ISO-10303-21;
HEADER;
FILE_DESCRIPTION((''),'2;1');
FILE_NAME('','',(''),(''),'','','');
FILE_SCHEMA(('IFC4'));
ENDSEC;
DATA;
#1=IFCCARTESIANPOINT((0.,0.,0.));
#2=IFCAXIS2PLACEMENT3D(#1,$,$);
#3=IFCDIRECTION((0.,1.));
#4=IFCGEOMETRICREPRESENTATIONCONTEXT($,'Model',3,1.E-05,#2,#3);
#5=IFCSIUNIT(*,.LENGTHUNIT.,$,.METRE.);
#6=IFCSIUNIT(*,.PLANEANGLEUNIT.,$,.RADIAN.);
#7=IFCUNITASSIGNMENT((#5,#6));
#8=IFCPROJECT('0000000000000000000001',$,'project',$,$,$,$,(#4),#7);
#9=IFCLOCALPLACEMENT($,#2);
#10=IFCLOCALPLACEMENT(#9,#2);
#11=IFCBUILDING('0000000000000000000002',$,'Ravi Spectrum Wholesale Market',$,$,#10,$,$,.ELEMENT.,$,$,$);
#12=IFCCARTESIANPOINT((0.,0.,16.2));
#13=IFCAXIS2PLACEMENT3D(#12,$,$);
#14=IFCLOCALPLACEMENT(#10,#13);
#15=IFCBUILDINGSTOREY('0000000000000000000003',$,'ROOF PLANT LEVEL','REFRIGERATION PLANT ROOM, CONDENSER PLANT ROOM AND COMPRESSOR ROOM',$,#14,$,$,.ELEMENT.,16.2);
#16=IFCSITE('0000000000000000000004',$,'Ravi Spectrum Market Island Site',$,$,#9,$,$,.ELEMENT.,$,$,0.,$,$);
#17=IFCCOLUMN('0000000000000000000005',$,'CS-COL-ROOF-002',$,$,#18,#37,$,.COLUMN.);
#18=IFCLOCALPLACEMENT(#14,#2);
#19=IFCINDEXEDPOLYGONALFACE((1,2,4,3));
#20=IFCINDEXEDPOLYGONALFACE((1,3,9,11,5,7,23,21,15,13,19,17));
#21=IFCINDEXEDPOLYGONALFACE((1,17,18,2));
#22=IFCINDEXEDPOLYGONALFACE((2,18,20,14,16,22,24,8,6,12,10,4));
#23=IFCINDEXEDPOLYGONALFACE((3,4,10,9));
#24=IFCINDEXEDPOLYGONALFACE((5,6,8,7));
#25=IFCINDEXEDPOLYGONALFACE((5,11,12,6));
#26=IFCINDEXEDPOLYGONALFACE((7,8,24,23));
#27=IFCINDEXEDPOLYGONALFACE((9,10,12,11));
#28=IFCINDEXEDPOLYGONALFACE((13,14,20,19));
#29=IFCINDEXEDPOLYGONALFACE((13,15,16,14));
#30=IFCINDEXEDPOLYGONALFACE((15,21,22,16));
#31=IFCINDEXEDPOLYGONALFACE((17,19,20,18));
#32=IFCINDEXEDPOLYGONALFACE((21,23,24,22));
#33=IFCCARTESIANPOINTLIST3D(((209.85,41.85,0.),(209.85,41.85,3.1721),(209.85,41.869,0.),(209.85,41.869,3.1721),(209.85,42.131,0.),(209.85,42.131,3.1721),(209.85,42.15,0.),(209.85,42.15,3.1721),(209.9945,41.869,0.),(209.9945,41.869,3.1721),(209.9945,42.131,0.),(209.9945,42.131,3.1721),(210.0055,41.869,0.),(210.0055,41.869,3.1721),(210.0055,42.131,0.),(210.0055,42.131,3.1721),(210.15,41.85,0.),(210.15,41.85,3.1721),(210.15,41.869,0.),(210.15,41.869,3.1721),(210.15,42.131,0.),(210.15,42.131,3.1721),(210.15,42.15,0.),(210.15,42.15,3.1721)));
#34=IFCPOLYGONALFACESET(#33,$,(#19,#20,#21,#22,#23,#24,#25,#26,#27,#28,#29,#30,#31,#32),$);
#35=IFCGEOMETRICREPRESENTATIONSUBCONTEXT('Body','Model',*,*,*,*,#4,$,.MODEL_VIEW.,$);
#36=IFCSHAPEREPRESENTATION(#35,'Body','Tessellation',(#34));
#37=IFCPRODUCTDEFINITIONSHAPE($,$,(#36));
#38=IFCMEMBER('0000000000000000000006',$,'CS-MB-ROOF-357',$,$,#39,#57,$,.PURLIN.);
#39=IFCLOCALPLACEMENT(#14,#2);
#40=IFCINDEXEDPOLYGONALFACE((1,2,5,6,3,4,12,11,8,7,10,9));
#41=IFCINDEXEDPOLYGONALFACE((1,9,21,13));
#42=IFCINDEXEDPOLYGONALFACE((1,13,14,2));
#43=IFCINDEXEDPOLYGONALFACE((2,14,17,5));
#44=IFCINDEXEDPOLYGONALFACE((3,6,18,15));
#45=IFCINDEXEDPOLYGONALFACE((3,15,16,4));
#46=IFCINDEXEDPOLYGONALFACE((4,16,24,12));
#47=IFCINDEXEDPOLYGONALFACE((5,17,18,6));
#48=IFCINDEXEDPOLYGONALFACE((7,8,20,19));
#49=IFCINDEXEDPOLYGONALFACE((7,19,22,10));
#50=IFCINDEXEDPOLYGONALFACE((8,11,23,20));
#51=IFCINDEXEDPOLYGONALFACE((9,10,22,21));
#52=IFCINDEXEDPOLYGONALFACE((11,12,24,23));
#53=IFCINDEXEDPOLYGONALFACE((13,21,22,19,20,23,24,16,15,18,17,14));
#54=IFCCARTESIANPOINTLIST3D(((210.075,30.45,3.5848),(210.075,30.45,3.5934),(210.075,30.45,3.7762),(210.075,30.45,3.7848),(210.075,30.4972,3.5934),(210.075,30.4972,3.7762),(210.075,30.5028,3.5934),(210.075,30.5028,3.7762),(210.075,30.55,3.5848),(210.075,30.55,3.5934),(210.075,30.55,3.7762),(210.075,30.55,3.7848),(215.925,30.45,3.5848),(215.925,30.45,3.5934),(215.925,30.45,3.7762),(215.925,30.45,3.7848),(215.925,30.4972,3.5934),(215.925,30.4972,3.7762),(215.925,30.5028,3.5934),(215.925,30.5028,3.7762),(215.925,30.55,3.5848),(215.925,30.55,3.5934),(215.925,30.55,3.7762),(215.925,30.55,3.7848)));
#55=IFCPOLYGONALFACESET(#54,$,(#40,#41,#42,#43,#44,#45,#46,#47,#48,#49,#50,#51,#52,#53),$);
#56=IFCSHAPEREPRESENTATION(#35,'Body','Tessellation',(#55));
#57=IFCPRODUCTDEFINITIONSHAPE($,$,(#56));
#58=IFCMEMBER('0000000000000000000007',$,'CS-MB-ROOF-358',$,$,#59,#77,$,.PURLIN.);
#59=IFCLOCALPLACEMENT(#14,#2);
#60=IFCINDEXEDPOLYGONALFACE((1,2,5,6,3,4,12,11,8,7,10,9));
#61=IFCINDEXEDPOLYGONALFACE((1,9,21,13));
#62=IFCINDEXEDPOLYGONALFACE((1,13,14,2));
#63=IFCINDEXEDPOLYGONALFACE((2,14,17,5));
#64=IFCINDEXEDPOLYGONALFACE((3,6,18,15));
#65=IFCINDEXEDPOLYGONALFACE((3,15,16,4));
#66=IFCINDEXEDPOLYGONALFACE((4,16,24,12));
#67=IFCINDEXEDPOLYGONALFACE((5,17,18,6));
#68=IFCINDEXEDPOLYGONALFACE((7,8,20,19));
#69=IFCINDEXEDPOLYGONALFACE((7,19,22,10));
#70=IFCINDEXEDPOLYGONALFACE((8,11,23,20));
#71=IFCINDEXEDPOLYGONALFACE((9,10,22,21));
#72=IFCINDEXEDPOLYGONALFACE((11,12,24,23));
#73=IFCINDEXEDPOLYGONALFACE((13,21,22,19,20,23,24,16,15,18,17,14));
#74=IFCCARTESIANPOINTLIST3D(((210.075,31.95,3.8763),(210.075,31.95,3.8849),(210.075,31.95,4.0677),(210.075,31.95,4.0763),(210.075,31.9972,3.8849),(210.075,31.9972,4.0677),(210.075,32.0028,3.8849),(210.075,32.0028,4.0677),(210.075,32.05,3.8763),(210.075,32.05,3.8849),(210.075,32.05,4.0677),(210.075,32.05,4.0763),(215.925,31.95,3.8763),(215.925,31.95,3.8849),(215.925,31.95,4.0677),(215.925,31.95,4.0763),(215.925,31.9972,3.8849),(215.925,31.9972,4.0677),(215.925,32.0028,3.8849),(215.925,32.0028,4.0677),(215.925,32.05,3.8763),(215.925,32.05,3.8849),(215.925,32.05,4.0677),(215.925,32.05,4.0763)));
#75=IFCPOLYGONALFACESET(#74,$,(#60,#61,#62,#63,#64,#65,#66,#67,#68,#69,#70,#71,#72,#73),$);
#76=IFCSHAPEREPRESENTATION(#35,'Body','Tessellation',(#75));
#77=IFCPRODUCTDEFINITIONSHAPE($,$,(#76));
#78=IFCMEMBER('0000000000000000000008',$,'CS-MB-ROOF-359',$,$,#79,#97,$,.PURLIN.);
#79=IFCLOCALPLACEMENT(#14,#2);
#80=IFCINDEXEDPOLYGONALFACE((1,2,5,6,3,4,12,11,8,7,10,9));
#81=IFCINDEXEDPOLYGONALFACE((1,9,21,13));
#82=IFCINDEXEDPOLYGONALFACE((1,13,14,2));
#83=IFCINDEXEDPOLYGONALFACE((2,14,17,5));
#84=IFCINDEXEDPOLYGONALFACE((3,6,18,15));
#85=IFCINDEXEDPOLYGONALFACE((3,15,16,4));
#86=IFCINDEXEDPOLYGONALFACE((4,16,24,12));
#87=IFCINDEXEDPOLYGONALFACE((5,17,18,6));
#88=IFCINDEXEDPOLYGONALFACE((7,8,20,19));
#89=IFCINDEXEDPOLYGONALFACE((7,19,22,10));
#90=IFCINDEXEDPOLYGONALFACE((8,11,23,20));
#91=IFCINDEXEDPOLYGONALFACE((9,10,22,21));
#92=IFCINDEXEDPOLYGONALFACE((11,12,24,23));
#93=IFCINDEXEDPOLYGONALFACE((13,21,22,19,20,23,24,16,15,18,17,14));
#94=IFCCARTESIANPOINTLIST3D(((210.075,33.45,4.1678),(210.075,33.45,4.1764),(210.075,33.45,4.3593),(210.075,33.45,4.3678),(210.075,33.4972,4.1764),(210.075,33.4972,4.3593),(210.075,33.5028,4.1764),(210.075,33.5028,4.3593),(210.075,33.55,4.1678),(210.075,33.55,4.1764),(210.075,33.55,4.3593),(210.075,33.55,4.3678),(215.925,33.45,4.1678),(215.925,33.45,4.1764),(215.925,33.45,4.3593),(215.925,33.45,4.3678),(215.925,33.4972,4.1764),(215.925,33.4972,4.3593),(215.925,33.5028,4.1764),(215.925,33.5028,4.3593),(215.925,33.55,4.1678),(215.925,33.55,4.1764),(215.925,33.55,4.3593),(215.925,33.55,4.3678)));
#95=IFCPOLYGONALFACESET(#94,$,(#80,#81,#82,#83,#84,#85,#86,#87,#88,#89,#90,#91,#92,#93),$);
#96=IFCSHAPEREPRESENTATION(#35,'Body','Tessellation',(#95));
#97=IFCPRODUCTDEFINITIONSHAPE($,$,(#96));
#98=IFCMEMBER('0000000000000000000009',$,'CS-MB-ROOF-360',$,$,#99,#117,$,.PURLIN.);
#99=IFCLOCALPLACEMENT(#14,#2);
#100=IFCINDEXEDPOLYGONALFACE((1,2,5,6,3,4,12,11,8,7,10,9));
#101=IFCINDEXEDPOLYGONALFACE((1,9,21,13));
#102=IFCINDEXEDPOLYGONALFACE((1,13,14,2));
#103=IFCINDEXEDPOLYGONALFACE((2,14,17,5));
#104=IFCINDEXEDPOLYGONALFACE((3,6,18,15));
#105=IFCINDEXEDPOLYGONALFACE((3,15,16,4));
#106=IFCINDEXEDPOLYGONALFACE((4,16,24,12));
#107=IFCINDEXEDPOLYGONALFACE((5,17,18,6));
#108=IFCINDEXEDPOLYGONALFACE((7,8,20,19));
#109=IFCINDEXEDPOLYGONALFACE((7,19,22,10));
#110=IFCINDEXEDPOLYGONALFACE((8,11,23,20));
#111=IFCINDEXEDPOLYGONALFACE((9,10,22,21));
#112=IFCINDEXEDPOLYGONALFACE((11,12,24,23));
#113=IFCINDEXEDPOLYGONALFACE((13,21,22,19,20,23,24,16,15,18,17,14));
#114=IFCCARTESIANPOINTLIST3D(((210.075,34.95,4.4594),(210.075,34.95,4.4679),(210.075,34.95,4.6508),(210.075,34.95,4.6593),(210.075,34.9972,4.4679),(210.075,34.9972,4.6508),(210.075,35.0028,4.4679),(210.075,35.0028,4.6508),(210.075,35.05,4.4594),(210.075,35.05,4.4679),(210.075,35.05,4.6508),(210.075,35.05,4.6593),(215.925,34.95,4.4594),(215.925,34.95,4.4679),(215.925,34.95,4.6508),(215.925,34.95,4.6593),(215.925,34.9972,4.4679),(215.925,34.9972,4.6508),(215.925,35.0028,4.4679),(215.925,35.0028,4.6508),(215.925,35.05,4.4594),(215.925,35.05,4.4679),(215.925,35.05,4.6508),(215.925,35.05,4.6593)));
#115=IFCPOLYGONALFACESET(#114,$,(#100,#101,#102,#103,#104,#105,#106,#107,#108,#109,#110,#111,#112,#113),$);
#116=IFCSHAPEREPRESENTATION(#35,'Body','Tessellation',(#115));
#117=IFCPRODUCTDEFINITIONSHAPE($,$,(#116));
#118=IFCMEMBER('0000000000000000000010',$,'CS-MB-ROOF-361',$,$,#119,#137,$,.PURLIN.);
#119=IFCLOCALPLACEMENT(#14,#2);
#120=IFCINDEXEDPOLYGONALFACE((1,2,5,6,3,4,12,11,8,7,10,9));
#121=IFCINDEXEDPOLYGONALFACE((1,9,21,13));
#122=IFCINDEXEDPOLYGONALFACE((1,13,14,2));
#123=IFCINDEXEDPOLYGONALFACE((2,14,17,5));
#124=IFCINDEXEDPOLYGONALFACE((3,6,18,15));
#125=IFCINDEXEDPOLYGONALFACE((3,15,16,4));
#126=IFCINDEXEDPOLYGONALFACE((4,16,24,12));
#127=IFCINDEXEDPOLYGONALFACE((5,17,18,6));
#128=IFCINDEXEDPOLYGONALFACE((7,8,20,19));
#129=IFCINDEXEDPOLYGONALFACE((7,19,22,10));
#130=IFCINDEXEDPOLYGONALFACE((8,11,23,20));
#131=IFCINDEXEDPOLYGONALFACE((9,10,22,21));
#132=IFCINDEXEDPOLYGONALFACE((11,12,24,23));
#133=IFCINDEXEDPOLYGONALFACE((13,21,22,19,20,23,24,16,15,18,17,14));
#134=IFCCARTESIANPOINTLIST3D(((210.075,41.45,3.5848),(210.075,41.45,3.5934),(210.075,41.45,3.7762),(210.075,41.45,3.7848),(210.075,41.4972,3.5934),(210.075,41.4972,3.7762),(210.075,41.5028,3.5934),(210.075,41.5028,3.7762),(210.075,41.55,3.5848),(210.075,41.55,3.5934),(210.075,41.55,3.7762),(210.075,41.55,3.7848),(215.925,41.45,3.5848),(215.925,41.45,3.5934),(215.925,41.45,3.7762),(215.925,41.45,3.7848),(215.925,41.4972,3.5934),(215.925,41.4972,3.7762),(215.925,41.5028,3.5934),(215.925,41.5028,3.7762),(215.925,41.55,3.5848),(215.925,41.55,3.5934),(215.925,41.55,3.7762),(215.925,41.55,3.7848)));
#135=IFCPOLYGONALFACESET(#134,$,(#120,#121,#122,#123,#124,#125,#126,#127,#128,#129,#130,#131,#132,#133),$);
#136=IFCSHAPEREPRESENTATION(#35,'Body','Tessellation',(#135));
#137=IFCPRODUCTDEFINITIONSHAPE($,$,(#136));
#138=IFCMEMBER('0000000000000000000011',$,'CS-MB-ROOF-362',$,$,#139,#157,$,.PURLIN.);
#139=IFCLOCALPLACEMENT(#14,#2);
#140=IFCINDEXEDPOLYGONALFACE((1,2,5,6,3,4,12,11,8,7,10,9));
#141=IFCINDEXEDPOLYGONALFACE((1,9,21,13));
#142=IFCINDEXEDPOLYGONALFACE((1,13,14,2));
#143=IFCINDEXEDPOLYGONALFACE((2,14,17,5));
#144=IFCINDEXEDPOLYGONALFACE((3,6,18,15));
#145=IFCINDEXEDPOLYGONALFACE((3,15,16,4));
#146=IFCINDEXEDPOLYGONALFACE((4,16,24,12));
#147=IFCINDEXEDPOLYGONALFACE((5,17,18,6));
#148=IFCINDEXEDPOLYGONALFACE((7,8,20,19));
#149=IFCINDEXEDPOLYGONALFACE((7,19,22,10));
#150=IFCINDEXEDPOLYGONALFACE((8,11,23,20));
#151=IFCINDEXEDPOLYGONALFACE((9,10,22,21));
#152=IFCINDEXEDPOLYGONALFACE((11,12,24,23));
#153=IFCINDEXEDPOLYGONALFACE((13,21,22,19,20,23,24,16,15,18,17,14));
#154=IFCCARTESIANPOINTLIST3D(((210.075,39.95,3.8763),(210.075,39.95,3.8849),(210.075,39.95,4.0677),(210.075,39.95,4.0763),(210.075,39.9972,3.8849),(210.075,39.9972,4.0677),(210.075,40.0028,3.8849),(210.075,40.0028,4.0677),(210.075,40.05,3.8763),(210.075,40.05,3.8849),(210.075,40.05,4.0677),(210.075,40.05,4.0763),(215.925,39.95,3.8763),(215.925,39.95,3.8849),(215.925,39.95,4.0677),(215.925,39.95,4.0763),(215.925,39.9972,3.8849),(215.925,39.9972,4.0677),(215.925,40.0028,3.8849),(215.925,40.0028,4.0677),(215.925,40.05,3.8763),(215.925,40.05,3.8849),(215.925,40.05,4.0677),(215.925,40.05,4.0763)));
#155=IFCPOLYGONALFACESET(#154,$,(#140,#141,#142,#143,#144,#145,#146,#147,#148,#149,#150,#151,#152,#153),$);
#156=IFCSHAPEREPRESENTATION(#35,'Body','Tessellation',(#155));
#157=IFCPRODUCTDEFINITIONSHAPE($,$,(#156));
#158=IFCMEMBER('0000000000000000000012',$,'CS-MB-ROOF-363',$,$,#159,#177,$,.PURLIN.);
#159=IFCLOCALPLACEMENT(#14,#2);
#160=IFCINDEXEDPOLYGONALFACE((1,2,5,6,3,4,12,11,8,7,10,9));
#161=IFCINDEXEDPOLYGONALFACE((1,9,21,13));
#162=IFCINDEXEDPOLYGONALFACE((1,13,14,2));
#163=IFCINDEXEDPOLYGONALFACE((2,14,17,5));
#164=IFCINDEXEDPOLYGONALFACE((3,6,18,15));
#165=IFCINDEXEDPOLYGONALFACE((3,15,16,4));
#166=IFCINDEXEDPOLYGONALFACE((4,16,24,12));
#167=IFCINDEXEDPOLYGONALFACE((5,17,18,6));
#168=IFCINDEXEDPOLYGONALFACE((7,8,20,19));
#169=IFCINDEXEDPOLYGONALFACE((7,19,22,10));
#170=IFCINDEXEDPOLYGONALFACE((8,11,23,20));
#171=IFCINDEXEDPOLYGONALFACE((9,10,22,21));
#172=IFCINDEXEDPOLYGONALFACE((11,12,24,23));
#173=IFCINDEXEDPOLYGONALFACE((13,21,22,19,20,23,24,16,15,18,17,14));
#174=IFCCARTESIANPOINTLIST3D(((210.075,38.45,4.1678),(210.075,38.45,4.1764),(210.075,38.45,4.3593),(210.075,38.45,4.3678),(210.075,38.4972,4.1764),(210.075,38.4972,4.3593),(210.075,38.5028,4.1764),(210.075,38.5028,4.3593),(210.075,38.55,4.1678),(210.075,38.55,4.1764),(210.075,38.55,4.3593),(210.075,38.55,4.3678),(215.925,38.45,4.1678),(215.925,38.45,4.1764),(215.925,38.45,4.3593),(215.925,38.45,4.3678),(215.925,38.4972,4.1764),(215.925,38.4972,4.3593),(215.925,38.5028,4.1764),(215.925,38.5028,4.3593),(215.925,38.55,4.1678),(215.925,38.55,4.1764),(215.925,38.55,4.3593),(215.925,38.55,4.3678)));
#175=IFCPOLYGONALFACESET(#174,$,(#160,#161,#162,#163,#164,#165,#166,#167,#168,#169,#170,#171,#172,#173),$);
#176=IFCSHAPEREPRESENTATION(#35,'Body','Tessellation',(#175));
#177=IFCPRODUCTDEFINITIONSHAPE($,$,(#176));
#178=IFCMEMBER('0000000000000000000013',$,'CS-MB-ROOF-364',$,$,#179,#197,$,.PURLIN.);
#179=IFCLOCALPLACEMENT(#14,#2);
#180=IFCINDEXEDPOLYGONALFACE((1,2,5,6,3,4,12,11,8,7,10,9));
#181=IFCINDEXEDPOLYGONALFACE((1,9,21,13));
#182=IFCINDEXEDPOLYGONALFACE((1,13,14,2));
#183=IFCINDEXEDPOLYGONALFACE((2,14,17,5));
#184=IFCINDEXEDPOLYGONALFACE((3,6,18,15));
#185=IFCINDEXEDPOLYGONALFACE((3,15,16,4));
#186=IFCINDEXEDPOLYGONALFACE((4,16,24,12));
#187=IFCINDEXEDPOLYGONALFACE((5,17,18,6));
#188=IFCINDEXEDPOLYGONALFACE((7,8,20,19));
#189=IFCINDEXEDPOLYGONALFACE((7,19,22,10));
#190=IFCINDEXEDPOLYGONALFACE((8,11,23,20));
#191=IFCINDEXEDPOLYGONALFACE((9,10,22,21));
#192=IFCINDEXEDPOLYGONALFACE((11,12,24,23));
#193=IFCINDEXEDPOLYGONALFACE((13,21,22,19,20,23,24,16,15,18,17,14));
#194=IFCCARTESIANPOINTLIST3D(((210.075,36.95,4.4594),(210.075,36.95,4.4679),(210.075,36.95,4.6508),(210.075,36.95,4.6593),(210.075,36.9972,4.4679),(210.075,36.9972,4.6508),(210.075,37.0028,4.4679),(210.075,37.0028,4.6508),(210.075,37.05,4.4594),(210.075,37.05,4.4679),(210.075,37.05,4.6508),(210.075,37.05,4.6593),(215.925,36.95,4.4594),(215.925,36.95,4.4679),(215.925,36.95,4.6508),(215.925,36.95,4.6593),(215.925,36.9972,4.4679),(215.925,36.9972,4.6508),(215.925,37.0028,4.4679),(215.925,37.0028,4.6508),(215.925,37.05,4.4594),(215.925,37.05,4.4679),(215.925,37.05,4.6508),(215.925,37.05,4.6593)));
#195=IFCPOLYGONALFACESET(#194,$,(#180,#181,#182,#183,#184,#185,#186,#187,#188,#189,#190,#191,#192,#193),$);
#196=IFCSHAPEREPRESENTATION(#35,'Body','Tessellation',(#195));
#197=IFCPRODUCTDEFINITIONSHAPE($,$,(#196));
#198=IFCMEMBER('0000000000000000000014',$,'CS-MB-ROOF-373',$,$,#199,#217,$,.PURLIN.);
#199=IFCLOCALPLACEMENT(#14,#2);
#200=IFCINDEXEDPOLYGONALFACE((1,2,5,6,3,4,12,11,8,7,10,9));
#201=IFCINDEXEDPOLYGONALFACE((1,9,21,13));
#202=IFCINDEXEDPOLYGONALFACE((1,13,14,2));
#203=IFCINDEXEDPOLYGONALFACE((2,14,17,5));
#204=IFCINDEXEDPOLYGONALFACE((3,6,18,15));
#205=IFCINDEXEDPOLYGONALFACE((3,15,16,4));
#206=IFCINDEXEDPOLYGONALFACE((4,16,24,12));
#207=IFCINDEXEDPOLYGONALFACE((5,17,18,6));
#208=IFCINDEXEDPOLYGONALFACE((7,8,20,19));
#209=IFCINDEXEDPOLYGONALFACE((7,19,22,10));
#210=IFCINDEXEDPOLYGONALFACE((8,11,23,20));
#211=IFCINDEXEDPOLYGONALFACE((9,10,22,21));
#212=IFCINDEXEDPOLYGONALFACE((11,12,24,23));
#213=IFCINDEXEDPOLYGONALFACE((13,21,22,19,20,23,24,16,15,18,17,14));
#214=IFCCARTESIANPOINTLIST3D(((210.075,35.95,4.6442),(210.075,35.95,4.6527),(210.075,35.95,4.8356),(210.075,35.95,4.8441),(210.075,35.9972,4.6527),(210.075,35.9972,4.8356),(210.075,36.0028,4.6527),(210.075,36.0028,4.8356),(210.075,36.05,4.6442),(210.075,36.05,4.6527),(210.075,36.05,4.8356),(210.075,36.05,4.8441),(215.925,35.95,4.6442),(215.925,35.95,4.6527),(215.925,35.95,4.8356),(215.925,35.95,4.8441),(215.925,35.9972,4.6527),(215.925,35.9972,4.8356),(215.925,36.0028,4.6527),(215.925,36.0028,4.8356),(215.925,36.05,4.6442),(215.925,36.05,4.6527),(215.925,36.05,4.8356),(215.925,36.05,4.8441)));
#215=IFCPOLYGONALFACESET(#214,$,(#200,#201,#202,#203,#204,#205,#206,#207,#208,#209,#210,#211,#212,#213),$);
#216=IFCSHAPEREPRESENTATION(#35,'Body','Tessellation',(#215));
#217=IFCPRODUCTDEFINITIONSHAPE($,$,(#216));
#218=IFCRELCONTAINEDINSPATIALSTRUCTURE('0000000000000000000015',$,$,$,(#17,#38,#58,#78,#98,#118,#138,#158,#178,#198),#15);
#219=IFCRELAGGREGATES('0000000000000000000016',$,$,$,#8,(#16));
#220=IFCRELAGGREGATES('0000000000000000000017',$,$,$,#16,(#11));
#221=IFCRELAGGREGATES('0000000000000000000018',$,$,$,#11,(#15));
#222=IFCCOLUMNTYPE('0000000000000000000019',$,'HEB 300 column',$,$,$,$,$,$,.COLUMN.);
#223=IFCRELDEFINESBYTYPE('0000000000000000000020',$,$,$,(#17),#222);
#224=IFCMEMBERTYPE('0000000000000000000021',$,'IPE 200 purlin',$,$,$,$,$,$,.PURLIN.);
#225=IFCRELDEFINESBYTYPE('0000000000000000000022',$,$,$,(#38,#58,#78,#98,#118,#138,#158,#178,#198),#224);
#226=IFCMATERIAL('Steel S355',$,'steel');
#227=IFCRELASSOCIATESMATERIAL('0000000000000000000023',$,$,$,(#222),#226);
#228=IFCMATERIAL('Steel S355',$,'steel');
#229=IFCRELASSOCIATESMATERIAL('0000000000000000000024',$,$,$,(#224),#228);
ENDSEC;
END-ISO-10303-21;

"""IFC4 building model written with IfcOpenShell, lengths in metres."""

from ifc_helpers import new_model, si_unit, direction, frame, origin, origin_2d, place, context, subcontext, project, spatial, i_section, extrude, material, material_profile, profile_set, type_object, element, save


model = new_model("IFC4")

# Units and contexts
model_context = context("Model", 3, precision=1e-05, world=origin(), true_north=direction((0.0, 1.0)))
body_context = subcontext(model_context, "Body", "Model", "MODEL_VIEW")
ifc_project = project(units=[si_unit("LENGTHUNIT", "METRE"), si_unit("PLANEANGLEUNIT", "RADIAN")], contexts=[model_context])

# Site, building, storey
site_placement = place(None, origin())
site = spatial("IfcSite", under=ifc_project, at=site_placement, Name="Ravi Spectrum Market Island Site", CompositionType="ELEMENT", RefElevation=0.0)
building_placement = place(site_placement, origin())
building = spatial("IfcBuilding", under=site, at=building_placement, Name="Ravi Spectrum Wholesale Market", CompositionType="ELEMENT")
storey_placement = place(building_placement, frame((0.0, 0.0, 16.2)))
storey = spatial("IfcBuildingStorey", under=building, at=storey_placement, Name="ROOF PLANT LEVEL", Description="REFRIGERATION PLANT ROOM, CONDENSER PLANT ROOM AND COMPRESSOR ROOM", CompositionType="ELEMENT", Elevation=16.2)

# Column
ifc_material_1 = material(Name="Steel S355", Category="steel")
ifc_material_profile_1 = material_profile(ifc_material_1, i_section(OverallWidth=0.3, OverallDepth=0.3, WebThickness=0.011, FlangeThickness=0.019, at=origin_2d()))
ifc_profile_set_1 = profile_set([ifc_material_profile_1], Name="Steel S355")
column_type = type_object("IfcColumnType", Name="HEB 300 column", PredefinedType="COLUMN", material=ifc_profile_set_1)
column_placement = place(storey_placement, frame((210.0, 42.0, 0.0), z_axis=(0.0, 0.0, 1.0), x_axis=(1.0, 0.0, 0.0)))
element("IfcColumn", 1, at=column_placement, inside=storey, type_object=column_type, Name="CS-COL-ROOF-002", PredefinedType="COLUMN", context=body_context, shape_type="SweptSolid", body=[
    extrude(i_section(OverallWidth=0.3, OverallDepth=0.3, WebThickness=0.011, FlangeThickness=0.019, at=origin_2d()), origin(), (0.0, 0.0, 1.0), 3.1721),
])

# Members
ifc_material_2 = material(Name="Steel S355", Category="steel")
ifc_material_profile_2 = material_profile(ifc_material_2, i_section(OverallWidth=0.1001, OverallDepth=0.2, WebThickness=0.0056, FlangeThickness=0.0085, at=origin_2d()))
ifc_profile_set_2 = profile_set([ifc_material_profile_2], Name="Steel S355")
member_type_1 = type_object("IfcMemberType", Name="IPE 200 purlin", PredefinedType="PURLIN", material=ifc_profile_set_2)
for number, where, z_axis, x_axis, name in (
    (2, (210.075, 30.5, 3.6848), (1.0, 0.0, 0.0), (0.0, 1.0, 0.0), "CS-MB-ROOF-357"),
    (3, (210.075, 32.0, 3.9763), (1.0, 0.0, 0.0), (0.0, 1.0, 0.0), "CS-MB-ROOF-358"),
    (4, (210.075, 33.5, 4.2678), (1.0, 0.0, 0.0), (0.0, 1.0, 0.0), "CS-MB-ROOF-359"),
    (5, (210.075, 35.0, 4.5593), (1.0, 0.0, 0.0), (0.0, 1.0, 0.0), "CS-MB-ROOF-360"),
    (6, (210.075, 41.5, 3.6848), (1.0, 0.0, 0.0), (0.0, 1.0, 0.0), "CS-MB-ROOF-361"),
    (7, (210.075, 40.0, 3.9763), (1.0, 0.0, 0.0), (0.0, 1.0, 0.0), "CS-MB-ROOF-362"),
    (8, (210.075, 38.5, 4.2678), (1.0, 0.0, 0.0), (0.0, 1.0, 0.0), "CS-MB-ROOF-363"),
    (9, (210.075, 37.0, 4.5593), (1.0, 0.0, 0.0), (0.0, 1.0, 0.0), "CS-MB-ROOF-364"),
    (10, (210.075, 36.0, 4.7441), (1.0, 0.0, 0.0), (0.0, 1.0, 0.0), "CS-MB-ROOF-373"),
):
    element("IfcMember", number, at=place(storey_placement, frame(where, z_axis=z_axis, x_axis=x_axis)), inside=storey, type_object=member_type_1, Name=name, PredefinedType="PURLIN", context=body_context, shape_type="SweptSolid", body=[
        extrude(i_section(OverallWidth=0.1001, OverallDepth=0.2, WebThickness=0.0056, FlangeThickness=0.0085, at=origin_2d()), origin(), (0.0, 0.0, 1.0), 5.8501),
    ])

save(model, "model.ifc")
